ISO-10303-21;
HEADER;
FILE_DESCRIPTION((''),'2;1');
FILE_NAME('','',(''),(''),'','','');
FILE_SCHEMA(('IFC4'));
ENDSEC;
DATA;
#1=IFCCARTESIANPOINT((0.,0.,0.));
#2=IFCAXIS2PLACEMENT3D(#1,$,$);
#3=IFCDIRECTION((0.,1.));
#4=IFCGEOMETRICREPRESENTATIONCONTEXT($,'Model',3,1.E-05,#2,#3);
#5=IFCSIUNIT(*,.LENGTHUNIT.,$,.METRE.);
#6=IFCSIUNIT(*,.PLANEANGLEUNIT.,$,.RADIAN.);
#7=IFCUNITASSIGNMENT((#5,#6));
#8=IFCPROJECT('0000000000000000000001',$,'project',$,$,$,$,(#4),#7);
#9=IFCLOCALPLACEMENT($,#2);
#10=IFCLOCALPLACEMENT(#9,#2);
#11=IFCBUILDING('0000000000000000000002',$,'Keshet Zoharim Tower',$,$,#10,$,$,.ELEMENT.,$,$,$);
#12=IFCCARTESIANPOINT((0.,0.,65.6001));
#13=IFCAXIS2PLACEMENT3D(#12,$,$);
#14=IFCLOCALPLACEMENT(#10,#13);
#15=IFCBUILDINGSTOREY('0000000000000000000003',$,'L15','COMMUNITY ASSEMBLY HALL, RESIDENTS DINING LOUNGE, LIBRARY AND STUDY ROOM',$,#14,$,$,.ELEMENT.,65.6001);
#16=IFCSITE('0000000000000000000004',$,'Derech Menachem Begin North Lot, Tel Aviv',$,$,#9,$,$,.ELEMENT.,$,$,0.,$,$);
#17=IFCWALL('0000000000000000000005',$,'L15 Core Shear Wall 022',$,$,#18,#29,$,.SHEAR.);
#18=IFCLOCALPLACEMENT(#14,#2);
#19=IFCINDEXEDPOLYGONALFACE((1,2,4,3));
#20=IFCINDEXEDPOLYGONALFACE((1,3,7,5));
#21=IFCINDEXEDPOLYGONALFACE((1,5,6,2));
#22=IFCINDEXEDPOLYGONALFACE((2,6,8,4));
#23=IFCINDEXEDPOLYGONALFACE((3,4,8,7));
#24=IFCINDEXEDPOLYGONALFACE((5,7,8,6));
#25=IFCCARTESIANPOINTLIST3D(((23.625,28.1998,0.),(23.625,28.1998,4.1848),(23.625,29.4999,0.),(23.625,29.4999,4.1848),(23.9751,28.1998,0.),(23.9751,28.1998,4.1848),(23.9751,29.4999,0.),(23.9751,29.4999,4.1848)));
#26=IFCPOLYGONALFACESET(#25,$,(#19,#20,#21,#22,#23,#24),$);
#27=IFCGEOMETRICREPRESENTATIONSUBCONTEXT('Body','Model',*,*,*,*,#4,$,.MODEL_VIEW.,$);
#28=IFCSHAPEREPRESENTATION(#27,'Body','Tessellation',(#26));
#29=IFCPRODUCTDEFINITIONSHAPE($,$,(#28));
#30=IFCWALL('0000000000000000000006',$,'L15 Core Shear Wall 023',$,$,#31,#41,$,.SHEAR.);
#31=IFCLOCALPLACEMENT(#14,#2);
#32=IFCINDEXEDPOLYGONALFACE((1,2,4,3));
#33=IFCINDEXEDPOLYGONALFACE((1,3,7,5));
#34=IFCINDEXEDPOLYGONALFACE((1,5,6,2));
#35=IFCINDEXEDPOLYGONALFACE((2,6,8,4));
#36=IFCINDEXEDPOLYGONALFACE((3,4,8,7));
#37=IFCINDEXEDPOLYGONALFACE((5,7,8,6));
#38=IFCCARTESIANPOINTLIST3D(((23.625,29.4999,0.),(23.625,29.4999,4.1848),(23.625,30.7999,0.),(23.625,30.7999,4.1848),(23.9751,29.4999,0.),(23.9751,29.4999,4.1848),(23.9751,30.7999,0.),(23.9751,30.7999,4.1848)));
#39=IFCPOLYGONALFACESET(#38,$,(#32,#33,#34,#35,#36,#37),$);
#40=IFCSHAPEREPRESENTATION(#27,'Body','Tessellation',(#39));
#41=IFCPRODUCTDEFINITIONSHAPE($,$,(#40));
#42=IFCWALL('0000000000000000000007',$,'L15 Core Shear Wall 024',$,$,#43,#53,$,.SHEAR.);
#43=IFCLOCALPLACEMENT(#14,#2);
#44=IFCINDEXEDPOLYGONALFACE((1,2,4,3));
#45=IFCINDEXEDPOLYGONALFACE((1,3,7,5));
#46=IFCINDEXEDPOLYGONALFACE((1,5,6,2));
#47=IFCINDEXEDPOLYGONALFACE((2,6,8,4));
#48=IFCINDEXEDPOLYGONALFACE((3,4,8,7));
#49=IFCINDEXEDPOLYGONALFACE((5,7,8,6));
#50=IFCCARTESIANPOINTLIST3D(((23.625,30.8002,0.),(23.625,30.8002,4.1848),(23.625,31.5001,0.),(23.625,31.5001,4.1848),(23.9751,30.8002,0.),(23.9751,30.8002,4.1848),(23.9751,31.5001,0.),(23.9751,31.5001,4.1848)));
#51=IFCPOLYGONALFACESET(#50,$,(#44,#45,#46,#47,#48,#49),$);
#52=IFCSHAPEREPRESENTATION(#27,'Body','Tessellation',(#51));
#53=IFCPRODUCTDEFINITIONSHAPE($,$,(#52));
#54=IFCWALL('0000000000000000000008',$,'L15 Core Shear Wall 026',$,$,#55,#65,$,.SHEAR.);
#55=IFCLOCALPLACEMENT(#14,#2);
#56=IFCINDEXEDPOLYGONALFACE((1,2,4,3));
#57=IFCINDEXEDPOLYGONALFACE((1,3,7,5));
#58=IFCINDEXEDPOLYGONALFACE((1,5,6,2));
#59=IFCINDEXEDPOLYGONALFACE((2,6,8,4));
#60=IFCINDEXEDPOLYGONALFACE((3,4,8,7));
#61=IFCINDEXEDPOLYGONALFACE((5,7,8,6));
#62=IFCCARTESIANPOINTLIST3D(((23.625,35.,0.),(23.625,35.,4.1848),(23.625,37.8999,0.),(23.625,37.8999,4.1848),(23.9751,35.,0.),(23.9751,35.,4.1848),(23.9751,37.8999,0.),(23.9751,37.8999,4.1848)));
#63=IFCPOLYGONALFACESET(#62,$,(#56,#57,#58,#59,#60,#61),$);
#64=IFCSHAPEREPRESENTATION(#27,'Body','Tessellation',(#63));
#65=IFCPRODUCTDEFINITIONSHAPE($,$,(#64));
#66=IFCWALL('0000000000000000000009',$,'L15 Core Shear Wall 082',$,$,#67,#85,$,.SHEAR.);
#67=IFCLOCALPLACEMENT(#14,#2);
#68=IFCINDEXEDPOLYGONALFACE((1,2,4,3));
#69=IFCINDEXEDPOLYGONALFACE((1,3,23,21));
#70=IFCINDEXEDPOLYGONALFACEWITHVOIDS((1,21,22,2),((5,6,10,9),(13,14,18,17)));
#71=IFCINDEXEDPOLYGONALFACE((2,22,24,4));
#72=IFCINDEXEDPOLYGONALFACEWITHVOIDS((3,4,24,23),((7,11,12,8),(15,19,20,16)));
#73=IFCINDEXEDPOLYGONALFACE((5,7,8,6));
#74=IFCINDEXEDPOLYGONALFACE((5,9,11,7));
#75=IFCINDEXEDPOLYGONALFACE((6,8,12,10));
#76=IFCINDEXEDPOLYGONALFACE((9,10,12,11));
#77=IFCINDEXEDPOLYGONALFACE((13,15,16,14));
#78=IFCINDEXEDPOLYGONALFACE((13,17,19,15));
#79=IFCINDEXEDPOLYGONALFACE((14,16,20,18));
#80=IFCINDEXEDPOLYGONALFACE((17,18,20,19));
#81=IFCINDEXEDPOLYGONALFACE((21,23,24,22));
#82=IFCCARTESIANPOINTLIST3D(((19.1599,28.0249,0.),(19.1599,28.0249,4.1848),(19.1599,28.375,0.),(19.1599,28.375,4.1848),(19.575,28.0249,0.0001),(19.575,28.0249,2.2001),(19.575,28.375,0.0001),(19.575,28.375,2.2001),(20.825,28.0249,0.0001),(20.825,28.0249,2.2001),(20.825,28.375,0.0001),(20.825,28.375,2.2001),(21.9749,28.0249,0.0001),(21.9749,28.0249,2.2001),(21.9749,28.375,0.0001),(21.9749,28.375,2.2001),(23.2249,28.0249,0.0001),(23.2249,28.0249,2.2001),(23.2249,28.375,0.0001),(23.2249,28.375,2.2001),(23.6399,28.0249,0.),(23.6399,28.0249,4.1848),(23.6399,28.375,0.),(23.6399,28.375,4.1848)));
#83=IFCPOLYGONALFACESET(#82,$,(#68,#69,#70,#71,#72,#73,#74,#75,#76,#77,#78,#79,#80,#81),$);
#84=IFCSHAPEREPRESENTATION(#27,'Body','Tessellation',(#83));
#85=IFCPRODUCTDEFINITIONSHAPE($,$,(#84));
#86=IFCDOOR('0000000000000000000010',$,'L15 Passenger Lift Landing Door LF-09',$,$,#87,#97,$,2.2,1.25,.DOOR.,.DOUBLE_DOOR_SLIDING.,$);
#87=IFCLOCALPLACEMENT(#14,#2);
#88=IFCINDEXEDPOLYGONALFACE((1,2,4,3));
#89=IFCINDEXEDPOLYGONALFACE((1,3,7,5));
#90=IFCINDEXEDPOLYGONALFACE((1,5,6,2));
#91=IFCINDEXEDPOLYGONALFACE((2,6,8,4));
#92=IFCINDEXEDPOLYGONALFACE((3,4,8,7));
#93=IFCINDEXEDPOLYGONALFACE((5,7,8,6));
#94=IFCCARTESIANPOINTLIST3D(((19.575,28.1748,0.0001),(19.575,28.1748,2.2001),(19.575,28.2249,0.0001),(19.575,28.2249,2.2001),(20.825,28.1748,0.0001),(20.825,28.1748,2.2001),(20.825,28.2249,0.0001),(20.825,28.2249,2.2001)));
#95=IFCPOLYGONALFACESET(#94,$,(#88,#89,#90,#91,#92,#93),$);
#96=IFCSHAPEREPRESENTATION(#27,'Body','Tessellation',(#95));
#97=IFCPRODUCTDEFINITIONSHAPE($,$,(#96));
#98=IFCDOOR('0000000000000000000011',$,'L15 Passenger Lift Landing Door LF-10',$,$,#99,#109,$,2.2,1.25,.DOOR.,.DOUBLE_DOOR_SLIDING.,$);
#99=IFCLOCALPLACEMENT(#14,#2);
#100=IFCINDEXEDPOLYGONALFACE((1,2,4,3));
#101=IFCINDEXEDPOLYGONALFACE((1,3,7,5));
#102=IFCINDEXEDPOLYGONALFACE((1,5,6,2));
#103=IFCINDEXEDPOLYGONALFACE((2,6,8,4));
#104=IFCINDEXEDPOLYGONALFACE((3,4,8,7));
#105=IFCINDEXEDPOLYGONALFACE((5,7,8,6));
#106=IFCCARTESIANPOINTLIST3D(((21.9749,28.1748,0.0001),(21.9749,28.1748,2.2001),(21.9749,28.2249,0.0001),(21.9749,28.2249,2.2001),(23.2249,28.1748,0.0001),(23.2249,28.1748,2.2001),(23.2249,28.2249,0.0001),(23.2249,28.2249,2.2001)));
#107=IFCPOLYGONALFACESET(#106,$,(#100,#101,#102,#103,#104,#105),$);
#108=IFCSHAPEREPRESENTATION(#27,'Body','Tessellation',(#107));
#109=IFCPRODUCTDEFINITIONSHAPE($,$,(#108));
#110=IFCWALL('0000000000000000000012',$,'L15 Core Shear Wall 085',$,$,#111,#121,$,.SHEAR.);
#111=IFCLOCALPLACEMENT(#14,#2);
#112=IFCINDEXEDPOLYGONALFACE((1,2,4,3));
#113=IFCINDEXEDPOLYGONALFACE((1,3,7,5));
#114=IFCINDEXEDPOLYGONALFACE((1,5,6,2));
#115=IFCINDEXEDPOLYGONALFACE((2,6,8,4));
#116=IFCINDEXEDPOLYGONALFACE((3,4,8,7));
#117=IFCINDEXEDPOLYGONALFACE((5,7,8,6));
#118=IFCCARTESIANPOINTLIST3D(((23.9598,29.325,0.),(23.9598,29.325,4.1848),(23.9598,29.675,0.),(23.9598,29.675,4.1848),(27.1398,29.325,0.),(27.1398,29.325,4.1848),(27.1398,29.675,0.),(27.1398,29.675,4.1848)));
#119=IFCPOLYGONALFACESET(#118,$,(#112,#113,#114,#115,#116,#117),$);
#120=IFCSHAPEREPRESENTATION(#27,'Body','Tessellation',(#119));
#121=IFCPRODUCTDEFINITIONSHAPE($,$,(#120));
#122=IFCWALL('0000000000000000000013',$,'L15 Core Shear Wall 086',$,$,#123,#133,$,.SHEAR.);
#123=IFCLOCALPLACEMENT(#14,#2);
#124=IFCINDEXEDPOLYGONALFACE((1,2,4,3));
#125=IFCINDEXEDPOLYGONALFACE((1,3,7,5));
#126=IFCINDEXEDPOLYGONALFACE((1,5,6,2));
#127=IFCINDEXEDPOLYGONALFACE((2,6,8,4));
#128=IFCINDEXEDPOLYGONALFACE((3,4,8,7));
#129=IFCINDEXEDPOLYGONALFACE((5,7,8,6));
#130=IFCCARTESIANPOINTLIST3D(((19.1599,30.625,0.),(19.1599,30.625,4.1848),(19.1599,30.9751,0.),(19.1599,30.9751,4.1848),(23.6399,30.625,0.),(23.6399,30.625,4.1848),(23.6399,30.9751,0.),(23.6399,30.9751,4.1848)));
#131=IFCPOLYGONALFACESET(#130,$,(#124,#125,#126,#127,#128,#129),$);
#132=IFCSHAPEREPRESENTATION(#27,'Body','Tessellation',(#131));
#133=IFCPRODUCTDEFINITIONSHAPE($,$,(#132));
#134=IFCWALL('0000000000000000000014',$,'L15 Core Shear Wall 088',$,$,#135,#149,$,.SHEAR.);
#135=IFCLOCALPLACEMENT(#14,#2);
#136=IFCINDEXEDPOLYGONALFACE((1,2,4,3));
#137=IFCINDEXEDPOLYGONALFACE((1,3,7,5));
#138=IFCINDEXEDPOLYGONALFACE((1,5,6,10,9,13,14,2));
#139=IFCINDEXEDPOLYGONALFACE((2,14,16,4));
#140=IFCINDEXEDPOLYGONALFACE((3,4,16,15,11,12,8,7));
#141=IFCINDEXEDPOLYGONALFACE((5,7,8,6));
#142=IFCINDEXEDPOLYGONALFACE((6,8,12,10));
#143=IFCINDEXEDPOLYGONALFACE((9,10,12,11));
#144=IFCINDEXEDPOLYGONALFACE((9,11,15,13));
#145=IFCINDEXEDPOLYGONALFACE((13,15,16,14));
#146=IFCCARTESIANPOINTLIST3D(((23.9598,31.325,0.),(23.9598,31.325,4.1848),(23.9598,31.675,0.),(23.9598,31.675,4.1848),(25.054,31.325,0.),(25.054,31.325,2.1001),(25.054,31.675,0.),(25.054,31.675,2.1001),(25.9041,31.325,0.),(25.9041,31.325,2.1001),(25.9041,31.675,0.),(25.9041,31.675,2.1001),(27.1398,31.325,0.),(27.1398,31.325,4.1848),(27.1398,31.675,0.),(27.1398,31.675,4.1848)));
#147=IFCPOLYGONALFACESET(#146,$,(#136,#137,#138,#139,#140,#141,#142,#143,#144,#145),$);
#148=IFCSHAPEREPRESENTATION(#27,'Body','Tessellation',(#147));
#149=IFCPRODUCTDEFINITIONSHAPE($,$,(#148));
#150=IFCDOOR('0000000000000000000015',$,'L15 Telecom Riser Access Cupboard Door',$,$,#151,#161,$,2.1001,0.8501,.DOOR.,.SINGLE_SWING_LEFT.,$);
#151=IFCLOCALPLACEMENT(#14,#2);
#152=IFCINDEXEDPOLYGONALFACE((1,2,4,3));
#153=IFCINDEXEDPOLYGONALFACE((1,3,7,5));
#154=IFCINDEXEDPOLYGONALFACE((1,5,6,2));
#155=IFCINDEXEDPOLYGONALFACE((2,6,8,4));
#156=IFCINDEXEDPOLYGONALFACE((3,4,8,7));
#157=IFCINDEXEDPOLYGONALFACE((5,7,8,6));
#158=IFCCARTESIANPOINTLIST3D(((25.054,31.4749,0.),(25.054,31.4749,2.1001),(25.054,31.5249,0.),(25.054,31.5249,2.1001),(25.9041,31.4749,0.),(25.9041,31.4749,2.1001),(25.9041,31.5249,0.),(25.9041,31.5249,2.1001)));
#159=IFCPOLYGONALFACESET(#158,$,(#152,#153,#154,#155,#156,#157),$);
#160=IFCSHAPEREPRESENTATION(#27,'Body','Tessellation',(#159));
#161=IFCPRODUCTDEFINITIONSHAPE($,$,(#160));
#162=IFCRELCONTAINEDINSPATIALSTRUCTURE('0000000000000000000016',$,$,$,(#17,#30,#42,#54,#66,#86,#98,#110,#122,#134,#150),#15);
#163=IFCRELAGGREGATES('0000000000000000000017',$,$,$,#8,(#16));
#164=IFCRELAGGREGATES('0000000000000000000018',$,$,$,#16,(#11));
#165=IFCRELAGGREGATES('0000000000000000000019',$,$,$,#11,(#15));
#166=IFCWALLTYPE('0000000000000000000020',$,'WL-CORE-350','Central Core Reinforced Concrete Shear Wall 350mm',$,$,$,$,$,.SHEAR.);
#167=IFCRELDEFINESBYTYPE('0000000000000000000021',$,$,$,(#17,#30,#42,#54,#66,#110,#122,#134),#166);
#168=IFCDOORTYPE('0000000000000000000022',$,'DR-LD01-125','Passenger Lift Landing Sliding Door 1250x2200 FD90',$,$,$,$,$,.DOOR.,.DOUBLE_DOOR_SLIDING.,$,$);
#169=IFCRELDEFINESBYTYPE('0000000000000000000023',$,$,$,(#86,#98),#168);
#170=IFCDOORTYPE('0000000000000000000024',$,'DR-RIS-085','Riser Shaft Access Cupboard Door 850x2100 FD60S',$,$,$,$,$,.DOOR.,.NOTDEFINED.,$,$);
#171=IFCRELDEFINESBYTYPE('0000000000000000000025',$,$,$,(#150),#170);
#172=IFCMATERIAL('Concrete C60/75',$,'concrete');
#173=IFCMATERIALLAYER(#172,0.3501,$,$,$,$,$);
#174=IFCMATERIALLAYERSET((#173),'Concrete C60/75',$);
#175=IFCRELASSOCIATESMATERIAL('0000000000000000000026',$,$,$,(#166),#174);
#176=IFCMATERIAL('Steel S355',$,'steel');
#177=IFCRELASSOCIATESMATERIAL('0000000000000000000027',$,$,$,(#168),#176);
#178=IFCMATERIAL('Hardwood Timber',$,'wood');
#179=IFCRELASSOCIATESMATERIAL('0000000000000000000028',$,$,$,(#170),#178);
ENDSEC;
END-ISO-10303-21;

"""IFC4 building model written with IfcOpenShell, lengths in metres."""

from ifc_helpers import new_model, si_unit, direction, frame, frame_2d, origin, place, context, subcontext, project, spatial, rectangle, extrude, material, layer, layer_set, type_object, element, fill, save


model = new_model("IFC4")

# Units and contexts
model_context = context("Model", 3, precision=1e-05, world=origin(), true_north=direction((0.0, 1.0)))
body_context = subcontext(model_context, "Body", "Model", "MODEL_VIEW")
ifc_project = project(units=[si_unit("LENGTHUNIT", "METRE"), si_unit("PLANEANGLEUNIT", "RADIAN")], contexts=[model_context])

# Site, building, storey
site_placement = place(None, origin())
site = spatial("IfcSite", under=ifc_project, at=site_placement, Name="Derech Menachem Begin North Lot, Tel Aviv", CompositionType="ELEMENT", RefElevation=0.0)
building_placement = place(site_placement, origin())
building = spatial("IfcBuilding", under=site, at=building_placement, Name="Keshet Zoharim Tower", CompositionType="ELEMENT")
storey_placement = place(building_placement, frame((0.0, 0.0, 65.6001)))
storey = spatial("IfcBuildingStorey", under=building, at=storey_placement, Name="L15", Description="COMMUNITY ASSEMBLY HALL, RESIDENTS DINING LOUNGE, LIBRARY AND STUDY ROOM", CompositionType="ELEMENT", Elevation=65.6001)

# Walls
ifc_material_1 = material(Name="Concrete C60/75", Category="concrete")
ifc_layer_1 = layer(ifc_material_1, 0.3501)
ifc_layer_set_1 = layer_set([ifc_layer_1], Name="Concrete C60/75")
wall_type_1 = type_object("IfcWallType", Name="WL-CORE-350", Description="Central Core Reinforced Concrete Shear Wall 350mm", PredefinedType="SHEAR", material=ifc_layer_set_1)
for number, where, z_axis, x_axis, name in (
    (1, (23.8, 28.2, 0.0), (0.0, 0.0, 1.0), (0.0, 1.0, 0.0), "L15 Core Shear Wall 022"),
    (2, (23.8, 29.5, 0.0), (0.0, 0.0, 1.0), (0.0, 1.0, 0.0), "L15 Core Shear Wall 023"),
):
    element("IfcWall", number, at=place(storey_placement, frame(where, z_axis=z_axis, x_axis=x_axis)), inside=storey, type_object=wall_type_1, Name=name, PredefinedType="SHEAR", context=body_context, shape_type="SweptSolid", body=[
        extrude(rectangle(XDim=1.3, YDim=0.3501, at=frame_2d((0.6499, 0.0))), origin(), (0.0, 0.0, 1.0), 4.1848),
    ])
wall_1_placement = place(storey_placement, frame((23.8, 30.8, 0.0), z_axis=(0.0, 0.0, 1.0), x_axis=(0.0, 1.0, 0.0)))
element("IfcWall", 3, at=wall_1_placement, inside=storey, type_object=wall_type_1, Name="L15 Core Shear Wall 024", PredefinedType="SHEAR", context=body_context, shape_type="SweptSolid", body=[
    extrude(rectangle(XDim=0.7, YDim=0.3501, at=frame_2d((0.3501, 0.0))), origin(), (0.0, 0.0, 1.0), 4.1848),
])

# Shared definitions
ifc_material_2 = material(Name="Hardwood Timber", Category="wood")

# Wall
wall_2_placement = place(storey_placement, frame((23.8, 35.0, 0.0), z_axis=(0.0, 0.0, 1.0), x_axis=(0.0, 1.0, 0.0)))
element("IfcWall", 4, at=wall_2_placement, inside=storey, type_object=wall_type_1, Name="L15 Core Shear Wall 026", PredefinedType="SHEAR", context=body_context, shape_type="SweptSolid", body=[
    extrude(rectangle(XDim=2.8999, YDim=0.3501, at=frame_2d((1.45, 0.0))), origin(), (0.0, 0.0, 1.0), 4.1848),
])

# Wall, openings, doors
wall_3_placement = place(storey_placement, frame((19.1599, 28.2, 0.0), z_axis=(0.0, 0.0, 1.0), x_axis=(1.0, 0.0, 0.0)))
wall_3 = element("IfcWall", 5, at=wall_3_placement, inside=storey, type_object=wall_type_1, Name="L15 Core Shear Wall 082", PredefinedType="SHEAR", context=body_context, shape_type="SweptSolid", body=[
    extrude(rectangle(XDim=4.48, YDim=0.3501, at=frame_2d((2.24, 0.0))), origin(), (0.0, 0.0, 1.0), 4.1848),
])
opening_1_placement = place(wall_3_placement, frame((0.415, 0.0, 0.0)))
opening_1 = element("IfcOpeningElement", 6, at=opening_1_placement, cuts=wall_3, PredefinedType="OPENING", context=body_context, shape_type="SweptSolid", body=[
    extrude(rectangle(XDim=1.25, YDim=2.2, at=frame_2d((0.625, 1.1001))), frame((0.0, 0.1851, 0.0), z_axis=(0.0, -1.0, 0.0), x_axis=(1.0, 0.0, 0.0)), (0.0, 0.0, 1.0), 0.3701),
])
opening_2_placement = place(wall_3_placement, frame((2.8149, 0.0, 0.0)))
opening_2 = element("IfcOpeningElement", 7, at=opening_2_placement, cuts=wall_3, PredefinedType="OPENING", context=body_context, shape_type="SweptSolid", body=[
    extrude(rectangle(XDim=1.25, YDim=2.2, at=frame_2d((0.625, 1.1001))), frame((0.0, 0.1851, 0.0), z_axis=(0.0, -1.0, 0.0), x_axis=(1.0, 0.0, 0.0)), (0.0, 0.0, 1.0), 0.3701),
])
ifc_material_3 = material(Name="Steel S355", Category="steel")
door_type_1 = type_object("IfcDoorType", Name="DR-LD01-125", Description="Passenger Lift Landing Sliding Door 1250x2200 FD90", OperationType="DOUBLE_DOOR_SLIDING", PredefinedType="DOOR", material=ifc_material_3)
door_1_placement = place(opening_1_placement, origin())
door_1 = element("IfcDoor", 8, at=door_1_placement, inside=storey, type_object=door_type_1, Name="L15 Passenger Lift Landing Door LF-09", OperationType="DOUBLE_DOOR_SLIDING", OverallHeight=2.2, OverallWidth=1.25, PredefinedType="DOOR", context=body_context, shape_type="SweptSolid", body=[
    extrude(rectangle(XDim=1.25, YDim=2.2, at=frame_2d((0.625, 1.1001))), frame((0.0, 0.0249, 0.0), z_axis=(0.0, -1.0, 0.0), x_axis=(1.0, 0.0, 0.0)), (0.0, 0.0, 1.0), 0.05),
])
fill(opening_1, door_1)
door_2_placement = place(opening_2_placement, origin())
door_2 = element("IfcDoor", 9, at=door_2_placement, inside=storey, type_object=door_type_1, Name="L15 Passenger Lift Landing Door LF-10", OperationType="DOUBLE_DOOR_SLIDING", OverallHeight=2.2, OverallWidth=1.25, PredefinedType="DOOR", context=body_context, shape_type="SweptSolid", body=[
    extrude(rectangle(XDim=1.25, YDim=2.2, at=frame_2d((0.625, 1.1001))), frame((0.0, 0.0249, 0.0), z_axis=(0.0, -1.0, 0.0), x_axis=(1.0, 0.0, 0.0)), (0.0, 0.0, 1.0), 0.05),
])
fill(opening_2, door_2)

# Walls
wall_4_placement = place(storey_placement, frame((23.96, 29.5, 0.0), z_axis=(0.0, 0.0, 1.0), x_axis=(1.0, 0.0, 0.0)))
element("IfcWall", 10, at=wall_4_placement, inside=storey, type_object=wall_type_1, Name="L15 Core Shear Wall 085", PredefinedType="SHEAR", context=body_context, shape_type="SweptSolid", body=[
    extrude(rectangle(XDim=3.1799, YDim=0.3501, at=frame_2d((1.5898, 0.0))), origin(), (0.0, 0.0, 1.0), 4.1848),
])
wall_5_placement = place(storey_placement, frame((19.1599, 30.8, 0.0), z_axis=(0.0, 0.0, 1.0), x_axis=(1.0, 0.0, 0.0)))
element("IfcWall", 11, at=wall_5_placement, inside=storey, type_object=wall_type_1, Name="L15 Core Shear Wall 086", PredefinedType="SHEAR", context=body_context, shape_type="SweptSolid", body=[
    extrude(rectangle(XDim=4.48, YDim=0.3501, at=frame_2d((2.24, 0.0))), origin(), (0.0, 0.0, 1.0), 4.1848),
])

# Wall, opening, door
wall_6_placement = place(storey_placement, frame((23.96, 31.5, 0.0), z_axis=(0.0, 0.0, 1.0), x_axis=(1.0, 0.0, 0.0)))
wall_6 = element("IfcWall", 12, at=wall_6_placement, inside=storey, type_object=wall_type_1, Name="L15 Core Shear Wall 088", PredefinedType="SHEAR", context=body_context, shape_type="SweptSolid", body=[
    extrude(rectangle(XDim=3.1799, YDim=0.3501, at=frame_2d((1.5898, 0.0))), origin(), (0.0, 0.0, 1.0), 4.1848),
])
opening_3_placement = place(wall_6_placement, frame((1.094, 0.0, 0.0)))
opening_3 = element("IfcOpeningElement", 13, at=opening_3_placement, cuts=wall_6, PredefinedType="OPENING", context=body_context, shape_type="SweptSolid", body=[
    extrude(rectangle(XDim=0.8501, YDim=2.1001, at=frame_2d((0.425, 1.05))), frame((0.0, 0.1851, 0.0), z_axis=(0.0, -1.0, 0.0), x_axis=(1.0, 0.0, 0.0)), (0.0, 0.0, 1.0), 0.3701),
])
door_type_2 = type_object("IfcDoorType", Name="DR-RIS-085", Description="Riser Shaft Access Cupboard Door 850x2100 FD60S", OperationType="NOTDEFINED", PredefinedType="DOOR", material=ifc_material_2)
door_3_placement = place(opening_3_placement, origin())
door_3 = element("IfcDoor", 14, at=door_3_placement, inside=storey, type_object=door_type_2, Name="L15 Telecom Riser Access Cupboard Door", OperationType="SINGLE_SWING_LEFT", OverallHeight=2.1001, OverallWidth=0.8501, PredefinedType="DOOR", context=body_context, shape_type="SweptSolid", body=[
    extrude(rectangle(XDim=0.8501, YDim=2.1001, at=frame_2d((0.425, 1.05))), frame((0.0, 0.0249, 0.0), z_axis=(0.0, -1.0, 0.0), x_axis=(1.0, 0.0, 0.0)), (0.0, 0.0, 1.0), 0.05),
])
fill(opening_3, door_3)

save(model, "model.ifc")
